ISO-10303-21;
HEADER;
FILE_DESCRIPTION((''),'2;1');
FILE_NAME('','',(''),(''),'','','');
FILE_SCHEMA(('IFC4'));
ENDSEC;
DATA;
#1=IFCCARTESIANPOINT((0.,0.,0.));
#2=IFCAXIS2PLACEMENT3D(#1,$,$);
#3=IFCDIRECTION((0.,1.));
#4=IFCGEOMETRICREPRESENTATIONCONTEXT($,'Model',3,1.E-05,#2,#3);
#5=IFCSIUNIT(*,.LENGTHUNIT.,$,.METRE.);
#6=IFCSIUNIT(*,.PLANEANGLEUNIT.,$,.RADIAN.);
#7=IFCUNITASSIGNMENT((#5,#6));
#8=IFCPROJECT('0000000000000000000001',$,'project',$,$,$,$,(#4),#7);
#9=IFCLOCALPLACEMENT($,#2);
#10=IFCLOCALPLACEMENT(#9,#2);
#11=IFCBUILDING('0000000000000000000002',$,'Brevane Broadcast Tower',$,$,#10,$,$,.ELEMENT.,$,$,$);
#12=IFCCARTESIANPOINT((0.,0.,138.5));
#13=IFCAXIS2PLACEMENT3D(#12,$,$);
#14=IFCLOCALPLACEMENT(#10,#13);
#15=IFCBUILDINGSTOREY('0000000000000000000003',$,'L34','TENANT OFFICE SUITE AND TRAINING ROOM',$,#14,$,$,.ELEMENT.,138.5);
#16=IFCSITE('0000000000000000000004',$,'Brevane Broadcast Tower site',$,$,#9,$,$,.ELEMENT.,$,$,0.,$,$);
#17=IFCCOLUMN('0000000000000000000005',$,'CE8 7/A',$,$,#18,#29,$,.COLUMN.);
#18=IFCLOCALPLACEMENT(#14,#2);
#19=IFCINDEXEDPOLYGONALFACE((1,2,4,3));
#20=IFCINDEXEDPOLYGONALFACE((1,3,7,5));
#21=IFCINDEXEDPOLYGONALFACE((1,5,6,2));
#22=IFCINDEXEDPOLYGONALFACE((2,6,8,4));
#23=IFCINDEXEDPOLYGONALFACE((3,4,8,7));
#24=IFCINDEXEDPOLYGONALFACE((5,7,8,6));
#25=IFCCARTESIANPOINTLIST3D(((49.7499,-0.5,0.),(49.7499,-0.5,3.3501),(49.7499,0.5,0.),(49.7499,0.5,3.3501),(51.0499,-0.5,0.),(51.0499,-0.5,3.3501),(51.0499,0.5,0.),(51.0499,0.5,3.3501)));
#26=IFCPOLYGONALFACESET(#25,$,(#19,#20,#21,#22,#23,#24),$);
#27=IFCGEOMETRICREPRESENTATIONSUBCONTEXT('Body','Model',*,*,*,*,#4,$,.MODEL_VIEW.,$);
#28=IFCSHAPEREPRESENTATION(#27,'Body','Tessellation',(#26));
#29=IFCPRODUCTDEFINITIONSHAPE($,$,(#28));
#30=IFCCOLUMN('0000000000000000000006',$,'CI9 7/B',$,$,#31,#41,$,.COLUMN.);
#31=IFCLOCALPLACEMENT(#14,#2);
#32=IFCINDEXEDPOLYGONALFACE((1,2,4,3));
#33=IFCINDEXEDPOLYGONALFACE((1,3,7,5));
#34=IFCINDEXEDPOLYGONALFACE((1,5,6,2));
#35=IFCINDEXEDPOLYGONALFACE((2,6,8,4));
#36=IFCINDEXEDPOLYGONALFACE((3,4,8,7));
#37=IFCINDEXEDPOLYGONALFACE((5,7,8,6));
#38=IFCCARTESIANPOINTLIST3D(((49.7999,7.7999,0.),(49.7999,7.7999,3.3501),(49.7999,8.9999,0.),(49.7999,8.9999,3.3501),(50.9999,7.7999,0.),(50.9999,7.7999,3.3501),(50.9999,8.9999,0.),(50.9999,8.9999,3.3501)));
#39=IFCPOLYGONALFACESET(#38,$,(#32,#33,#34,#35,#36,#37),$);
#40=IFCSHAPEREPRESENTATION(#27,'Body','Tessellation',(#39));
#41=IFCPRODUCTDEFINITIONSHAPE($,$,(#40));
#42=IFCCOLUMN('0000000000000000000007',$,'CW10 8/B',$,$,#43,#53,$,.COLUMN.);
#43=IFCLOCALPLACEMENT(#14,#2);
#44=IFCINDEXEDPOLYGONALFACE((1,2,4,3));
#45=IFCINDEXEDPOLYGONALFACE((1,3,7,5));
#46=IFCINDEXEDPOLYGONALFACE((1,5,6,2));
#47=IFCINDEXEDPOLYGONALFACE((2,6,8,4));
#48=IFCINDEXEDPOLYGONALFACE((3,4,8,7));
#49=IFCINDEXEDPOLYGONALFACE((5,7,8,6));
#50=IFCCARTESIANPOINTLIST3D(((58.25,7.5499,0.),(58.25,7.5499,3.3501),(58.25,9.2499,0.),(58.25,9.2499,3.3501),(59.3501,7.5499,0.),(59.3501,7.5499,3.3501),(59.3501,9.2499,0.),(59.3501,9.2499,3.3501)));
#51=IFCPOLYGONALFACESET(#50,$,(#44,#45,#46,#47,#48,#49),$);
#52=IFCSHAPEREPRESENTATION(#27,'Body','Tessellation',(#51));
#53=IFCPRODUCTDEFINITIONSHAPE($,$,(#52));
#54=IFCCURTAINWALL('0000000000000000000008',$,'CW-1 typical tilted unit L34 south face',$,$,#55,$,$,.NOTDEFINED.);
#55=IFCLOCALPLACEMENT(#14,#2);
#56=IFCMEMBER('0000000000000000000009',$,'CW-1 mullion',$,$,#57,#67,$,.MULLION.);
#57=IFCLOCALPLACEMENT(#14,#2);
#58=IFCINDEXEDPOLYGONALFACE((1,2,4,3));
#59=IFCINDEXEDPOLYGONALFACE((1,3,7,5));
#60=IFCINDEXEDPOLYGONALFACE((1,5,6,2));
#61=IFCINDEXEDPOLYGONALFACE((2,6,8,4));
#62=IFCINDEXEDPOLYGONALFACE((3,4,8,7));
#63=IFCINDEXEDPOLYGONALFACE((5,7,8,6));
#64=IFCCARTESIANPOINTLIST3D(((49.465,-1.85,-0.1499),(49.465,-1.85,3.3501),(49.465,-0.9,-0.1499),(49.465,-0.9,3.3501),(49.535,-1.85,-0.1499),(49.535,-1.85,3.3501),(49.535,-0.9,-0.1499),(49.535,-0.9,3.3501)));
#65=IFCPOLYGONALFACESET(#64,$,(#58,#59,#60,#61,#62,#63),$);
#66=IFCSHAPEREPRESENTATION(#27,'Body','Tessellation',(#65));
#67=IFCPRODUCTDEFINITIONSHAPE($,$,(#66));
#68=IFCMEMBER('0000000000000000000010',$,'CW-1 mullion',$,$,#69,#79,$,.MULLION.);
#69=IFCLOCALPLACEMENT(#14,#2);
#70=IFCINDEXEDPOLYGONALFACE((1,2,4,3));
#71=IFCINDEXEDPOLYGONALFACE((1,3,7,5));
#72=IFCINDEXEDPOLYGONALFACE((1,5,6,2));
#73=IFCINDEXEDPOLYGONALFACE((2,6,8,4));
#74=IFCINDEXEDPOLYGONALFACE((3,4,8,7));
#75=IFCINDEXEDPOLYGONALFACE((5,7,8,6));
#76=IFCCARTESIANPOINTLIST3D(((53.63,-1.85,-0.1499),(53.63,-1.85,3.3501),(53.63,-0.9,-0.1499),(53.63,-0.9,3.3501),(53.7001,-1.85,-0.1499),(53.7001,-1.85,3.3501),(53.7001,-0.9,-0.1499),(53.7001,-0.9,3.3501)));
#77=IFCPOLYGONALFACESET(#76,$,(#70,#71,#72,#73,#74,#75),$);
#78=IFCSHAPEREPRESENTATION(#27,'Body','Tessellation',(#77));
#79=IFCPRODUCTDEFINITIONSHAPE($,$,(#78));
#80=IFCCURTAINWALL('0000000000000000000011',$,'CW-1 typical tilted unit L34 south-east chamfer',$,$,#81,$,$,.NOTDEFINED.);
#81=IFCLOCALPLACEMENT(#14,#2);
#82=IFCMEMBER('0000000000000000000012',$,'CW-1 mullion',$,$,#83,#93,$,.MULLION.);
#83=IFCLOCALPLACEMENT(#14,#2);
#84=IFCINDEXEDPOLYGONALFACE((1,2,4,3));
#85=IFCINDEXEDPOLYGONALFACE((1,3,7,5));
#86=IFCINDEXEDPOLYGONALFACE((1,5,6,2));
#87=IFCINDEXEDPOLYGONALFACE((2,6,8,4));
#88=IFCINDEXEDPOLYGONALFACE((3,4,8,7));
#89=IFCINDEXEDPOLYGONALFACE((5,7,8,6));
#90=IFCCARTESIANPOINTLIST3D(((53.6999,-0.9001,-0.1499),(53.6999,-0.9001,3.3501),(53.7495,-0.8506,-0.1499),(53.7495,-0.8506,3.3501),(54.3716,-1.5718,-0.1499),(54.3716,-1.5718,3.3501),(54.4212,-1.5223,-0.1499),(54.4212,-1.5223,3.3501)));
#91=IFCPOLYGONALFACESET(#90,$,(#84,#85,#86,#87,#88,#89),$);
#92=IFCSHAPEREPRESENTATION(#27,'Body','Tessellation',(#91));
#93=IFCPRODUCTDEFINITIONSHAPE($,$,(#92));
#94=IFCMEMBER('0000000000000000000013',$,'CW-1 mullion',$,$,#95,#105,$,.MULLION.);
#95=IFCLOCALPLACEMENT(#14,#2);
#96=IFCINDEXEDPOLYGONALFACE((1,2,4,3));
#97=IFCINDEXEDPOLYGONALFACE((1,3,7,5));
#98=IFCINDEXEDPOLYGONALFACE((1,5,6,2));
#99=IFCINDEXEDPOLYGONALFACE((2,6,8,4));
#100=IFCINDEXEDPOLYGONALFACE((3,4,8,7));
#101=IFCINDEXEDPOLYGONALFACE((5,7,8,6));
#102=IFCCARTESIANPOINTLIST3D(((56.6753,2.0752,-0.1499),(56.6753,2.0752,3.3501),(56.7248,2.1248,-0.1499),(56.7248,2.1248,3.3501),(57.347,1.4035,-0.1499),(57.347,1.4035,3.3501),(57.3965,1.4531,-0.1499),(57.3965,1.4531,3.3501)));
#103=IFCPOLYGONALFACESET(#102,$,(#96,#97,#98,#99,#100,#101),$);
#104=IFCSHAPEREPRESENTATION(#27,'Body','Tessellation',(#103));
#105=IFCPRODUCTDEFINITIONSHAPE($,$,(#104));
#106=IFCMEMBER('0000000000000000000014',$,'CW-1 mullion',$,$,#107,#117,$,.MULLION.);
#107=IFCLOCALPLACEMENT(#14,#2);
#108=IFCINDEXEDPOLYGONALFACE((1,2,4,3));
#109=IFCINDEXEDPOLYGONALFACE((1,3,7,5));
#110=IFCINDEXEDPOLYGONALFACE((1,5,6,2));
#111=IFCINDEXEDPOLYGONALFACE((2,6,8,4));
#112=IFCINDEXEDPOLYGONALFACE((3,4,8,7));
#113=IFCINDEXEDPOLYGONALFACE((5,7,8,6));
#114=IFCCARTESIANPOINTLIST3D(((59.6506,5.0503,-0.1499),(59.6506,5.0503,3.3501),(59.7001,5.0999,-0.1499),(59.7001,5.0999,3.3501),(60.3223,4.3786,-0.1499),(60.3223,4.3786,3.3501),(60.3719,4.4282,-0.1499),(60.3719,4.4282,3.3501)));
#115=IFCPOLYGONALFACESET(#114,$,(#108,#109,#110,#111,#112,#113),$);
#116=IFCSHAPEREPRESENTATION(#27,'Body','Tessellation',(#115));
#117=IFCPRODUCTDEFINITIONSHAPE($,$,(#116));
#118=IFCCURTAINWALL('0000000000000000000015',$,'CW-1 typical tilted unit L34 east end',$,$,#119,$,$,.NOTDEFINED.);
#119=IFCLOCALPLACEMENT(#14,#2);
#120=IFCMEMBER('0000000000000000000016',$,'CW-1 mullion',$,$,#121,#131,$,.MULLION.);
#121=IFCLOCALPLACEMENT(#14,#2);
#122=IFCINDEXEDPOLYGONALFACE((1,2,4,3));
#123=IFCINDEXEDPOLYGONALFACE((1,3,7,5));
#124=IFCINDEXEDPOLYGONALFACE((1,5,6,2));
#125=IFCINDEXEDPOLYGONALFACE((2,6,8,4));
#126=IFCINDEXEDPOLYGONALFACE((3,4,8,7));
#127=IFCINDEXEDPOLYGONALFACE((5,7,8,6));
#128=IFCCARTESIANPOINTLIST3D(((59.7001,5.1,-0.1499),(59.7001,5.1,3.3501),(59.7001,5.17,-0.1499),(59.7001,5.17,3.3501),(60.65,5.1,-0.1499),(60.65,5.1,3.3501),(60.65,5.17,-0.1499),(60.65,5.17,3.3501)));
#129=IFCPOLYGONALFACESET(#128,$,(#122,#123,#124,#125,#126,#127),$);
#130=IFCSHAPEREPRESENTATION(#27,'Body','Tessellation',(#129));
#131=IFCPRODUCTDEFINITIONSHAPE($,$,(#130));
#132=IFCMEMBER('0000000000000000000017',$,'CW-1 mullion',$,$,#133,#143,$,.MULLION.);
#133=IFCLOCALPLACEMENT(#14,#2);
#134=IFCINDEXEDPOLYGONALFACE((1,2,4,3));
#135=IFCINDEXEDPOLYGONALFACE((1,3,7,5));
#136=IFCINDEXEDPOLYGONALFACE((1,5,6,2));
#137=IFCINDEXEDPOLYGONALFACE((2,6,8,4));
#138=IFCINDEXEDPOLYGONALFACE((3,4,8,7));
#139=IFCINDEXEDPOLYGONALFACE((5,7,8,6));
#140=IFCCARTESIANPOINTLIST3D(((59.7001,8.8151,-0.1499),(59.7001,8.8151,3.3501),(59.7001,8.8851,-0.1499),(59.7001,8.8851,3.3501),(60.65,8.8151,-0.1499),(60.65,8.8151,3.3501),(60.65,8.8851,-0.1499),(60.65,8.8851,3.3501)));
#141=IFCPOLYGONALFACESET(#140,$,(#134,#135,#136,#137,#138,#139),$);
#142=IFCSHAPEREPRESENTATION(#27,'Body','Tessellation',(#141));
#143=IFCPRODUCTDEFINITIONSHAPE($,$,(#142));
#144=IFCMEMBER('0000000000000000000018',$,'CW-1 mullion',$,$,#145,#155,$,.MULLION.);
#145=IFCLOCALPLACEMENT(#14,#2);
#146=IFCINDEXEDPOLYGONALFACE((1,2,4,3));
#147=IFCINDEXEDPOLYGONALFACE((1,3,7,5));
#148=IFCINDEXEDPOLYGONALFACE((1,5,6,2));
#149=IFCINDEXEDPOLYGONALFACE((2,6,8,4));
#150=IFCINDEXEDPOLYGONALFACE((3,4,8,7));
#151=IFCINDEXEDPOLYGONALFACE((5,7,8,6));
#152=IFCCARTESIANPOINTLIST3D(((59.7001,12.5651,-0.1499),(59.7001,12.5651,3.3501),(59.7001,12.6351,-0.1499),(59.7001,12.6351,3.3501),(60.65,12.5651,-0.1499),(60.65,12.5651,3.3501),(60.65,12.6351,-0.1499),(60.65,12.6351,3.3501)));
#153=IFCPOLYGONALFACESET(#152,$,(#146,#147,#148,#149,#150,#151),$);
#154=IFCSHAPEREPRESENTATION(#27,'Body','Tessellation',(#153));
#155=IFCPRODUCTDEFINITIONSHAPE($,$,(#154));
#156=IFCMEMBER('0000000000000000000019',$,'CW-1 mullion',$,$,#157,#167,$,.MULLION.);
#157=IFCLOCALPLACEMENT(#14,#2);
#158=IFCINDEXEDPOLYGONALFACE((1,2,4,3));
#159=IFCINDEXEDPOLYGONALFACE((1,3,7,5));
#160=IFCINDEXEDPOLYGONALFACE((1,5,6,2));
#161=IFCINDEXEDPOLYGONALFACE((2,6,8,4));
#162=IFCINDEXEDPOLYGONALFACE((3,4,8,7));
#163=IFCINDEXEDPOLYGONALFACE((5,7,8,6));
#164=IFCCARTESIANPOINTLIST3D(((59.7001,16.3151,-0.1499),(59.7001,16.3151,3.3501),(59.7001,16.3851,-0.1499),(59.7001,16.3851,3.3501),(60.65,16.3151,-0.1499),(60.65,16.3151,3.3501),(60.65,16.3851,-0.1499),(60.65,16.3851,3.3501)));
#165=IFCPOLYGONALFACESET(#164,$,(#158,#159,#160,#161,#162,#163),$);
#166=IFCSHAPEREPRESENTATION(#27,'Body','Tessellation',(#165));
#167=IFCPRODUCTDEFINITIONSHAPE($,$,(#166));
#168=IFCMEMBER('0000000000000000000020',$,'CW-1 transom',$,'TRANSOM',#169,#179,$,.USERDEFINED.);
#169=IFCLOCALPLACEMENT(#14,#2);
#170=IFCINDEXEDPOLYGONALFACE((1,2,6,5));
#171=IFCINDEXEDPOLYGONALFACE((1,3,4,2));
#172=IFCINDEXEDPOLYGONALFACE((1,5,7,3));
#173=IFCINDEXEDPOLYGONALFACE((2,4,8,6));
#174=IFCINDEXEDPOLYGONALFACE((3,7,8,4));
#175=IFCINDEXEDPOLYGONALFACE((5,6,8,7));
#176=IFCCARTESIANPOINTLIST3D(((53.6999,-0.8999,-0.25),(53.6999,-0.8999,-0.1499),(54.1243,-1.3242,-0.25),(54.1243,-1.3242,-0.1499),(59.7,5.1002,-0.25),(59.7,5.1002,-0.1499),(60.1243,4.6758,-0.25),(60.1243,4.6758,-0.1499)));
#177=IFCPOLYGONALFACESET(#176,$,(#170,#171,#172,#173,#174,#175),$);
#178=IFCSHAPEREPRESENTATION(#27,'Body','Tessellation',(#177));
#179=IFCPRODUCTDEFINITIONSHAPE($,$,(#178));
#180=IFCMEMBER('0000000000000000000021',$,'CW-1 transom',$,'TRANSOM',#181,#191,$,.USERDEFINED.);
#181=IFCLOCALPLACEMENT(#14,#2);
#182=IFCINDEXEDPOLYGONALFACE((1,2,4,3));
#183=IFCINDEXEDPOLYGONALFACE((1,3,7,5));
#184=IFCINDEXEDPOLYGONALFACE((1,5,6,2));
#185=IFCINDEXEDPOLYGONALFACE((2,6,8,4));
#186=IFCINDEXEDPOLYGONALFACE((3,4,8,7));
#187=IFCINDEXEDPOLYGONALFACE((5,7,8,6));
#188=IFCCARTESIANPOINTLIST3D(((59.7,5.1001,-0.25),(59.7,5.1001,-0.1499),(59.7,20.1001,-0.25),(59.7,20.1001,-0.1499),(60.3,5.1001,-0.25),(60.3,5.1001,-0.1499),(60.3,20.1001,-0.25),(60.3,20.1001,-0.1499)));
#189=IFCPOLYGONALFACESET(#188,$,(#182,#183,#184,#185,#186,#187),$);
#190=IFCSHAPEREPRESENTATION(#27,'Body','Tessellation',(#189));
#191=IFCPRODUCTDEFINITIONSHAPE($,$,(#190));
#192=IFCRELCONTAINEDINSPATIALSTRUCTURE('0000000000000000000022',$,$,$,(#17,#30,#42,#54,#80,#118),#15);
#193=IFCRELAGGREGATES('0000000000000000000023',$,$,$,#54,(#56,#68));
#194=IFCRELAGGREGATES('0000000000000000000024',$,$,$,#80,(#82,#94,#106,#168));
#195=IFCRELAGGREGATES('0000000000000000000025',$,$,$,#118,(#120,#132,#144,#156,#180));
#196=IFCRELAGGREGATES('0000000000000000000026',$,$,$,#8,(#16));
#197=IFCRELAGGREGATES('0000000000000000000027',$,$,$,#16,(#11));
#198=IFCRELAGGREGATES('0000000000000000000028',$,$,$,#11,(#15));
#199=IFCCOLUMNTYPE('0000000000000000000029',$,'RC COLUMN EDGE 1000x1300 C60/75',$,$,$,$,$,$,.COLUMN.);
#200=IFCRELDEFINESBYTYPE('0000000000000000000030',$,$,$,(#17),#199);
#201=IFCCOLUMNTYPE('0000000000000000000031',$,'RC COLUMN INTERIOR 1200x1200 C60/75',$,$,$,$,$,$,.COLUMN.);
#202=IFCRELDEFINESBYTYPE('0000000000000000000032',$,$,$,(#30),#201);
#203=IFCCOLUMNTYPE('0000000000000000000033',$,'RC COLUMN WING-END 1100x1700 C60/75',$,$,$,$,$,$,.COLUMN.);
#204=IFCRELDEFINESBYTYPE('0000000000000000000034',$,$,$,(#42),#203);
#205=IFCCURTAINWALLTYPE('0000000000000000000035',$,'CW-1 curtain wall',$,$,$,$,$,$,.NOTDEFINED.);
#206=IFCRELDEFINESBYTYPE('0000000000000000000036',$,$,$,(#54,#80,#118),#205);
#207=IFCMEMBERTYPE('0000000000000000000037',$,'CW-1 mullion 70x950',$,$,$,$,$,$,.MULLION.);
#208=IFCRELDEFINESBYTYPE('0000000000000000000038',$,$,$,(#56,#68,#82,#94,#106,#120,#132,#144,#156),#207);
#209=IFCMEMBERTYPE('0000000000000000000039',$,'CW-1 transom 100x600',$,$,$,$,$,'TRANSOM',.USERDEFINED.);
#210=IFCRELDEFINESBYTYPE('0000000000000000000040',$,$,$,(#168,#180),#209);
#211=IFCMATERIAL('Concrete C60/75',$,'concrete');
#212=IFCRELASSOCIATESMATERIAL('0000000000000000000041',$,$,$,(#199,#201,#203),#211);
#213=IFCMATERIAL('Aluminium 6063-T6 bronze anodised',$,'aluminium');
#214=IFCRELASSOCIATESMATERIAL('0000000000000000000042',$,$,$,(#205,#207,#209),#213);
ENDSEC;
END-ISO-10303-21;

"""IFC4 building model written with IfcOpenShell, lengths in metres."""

from ifc_helpers import new_model, si_unit, direction, frame, origin, origin_2d, place, context, subcontext, project, spatial, rectangle, extrude, material, material_profile, profile_set, type_object, element, aggregate, save


model = new_model("IFC4")

# Units and contexts
model_context = context("Model", 3, precision=1e-05, world=origin(), true_north=direction((0.0, 1.0)))
body_context = subcontext(model_context, "Body", "Model", "MODEL_VIEW")
ifc_project = project(units=[si_unit("LENGTHUNIT", "METRE"), si_unit("PLANEANGLEUNIT", "RADIAN")], contexts=[model_context])

# Site, building, storey
site_placement = place(None, origin())
site = spatial("IfcSite", under=ifc_project, at=site_placement, Name="Brevane Broadcast Tower site", CompositionType="ELEMENT", RefElevation=0.0)
building_placement = place(site_placement, origin())
building = spatial("IfcBuilding", under=site, at=building_placement, Name="Brevane Broadcast Tower", CompositionType="ELEMENT")
storey_placement = place(building_placement, frame((0.0, 0.0, 138.5)))
storey = spatial("IfcBuildingStorey", under=building, at=storey_placement, Name="L34", Description="TENANT OFFICE SUITE AND TRAINING ROOM", CompositionType="ELEMENT", Elevation=138.5)

# Columns
ifc_material_1 = material(Name="Concrete C60/75", Category="concrete")
ifc_material_profile_1 = material_profile(ifc_material_1, rectangle(XDim=1.0, YDim=1.3, at=origin_2d()), Name="RC 1000x1300")
ifc_profile_set_1 = profile_set([ifc_material_profile_1], Name="Concrete C60/75")
column_type_1 = type_object("IfcColumnType", Name="RC COLUMN EDGE 1000x1300 C60/75", PredefinedType="COLUMN", material=ifc_profile_set_1)
column_1_placement = place(storey_placement, frame((50.3999, 0.0, 0.0), z_axis=(0.0, 0.0, 1.0), x_axis=(0.0, 1.0, 0.0)))
element("IfcColumn", 1, at=column_1_placement, inside=storey, type_object=column_type_1, Name="CE8 7/A", PredefinedType="COLUMN", context=body_context, shape_type="SweptSolid", body=[
    extrude(rectangle(XDim=1.0, YDim=1.3, at=origin_2d()), origin(), (0.0, 0.0, 1.0), 3.3501),
])
ifc_material_profile_2 = material_profile(ifc_material_1, rectangle(XDim=1.2, YDim=1.2, at=origin_2d()), Name="RC 1200x1200")
ifc_profile_set_2 = profile_set([ifc_material_profile_2], Name="Concrete C60/75")
column_type_2 = type_object("IfcColumnType", Name="RC COLUMN INTERIOR 1200x1200 C60/75", PredefinedType="COLUMN", material=ifc_profile_set_2)
column_2_placement = place(storey_placement, frame((50.3999, 8.3999, 0.0), z_axis=(0.0, 0.0, 1.0), x_axis=(1.0, 0.0, 0.0)))
element("IfcColumn", 2, at=column_2_placement, inside=storey, type_object=column_type_2, Name="CI9 7/B", PredefinedType="COLUMN", context=body_context, shape_type="SweptSolid", body=[
    extrude(rectangle(XDim=1.2, YDim=1.2, at=origin_2d()), origin(), (0.0, 0.0, 1.0), 3.3501),
])
ifc_material_profile_3 = material_profile(ifc_material_1, rectangle(XDim=1.1001, YDim=1.7, at=origin_2d()), Name="RC 1100x1700")
ifc_profile_set_3 = profile_set([ifc_material_profile_3], Name="Concrete C60/75")
column_type_3 = type_object("IfcColumnType", Name="RC COLUMN WING-END 1100x1700 C60/75", PredefinedType="COLUMN", material=ifc_profile_set_3)
column_3_placement = place(storey_placement, frame((58.8, 8.3999, 0.0), z_axis=(0.0, 0.0, 1.0), x_axis=(1.0, 0.0, 0.0)))
element("IfcColumn", 3, at=column_3_placement, inside=storey, type_object=column_type_3, Name="CW10 8/B", PredefinedType="COLUMN", context=body_context, shape_type="SweptSolid", body=[
    extrude(rectangle(XDim=1.1001, YDim=1.7, at=origin_2d()), origin(), (0.0, 0.0, 1.0), 3.3501),
])

# Curtain walls, members
ifc_material_2 = material(Name="Aluminium 6063-T6 bronze anodised", Category="aluminium")
curtain_wall_type = type_object("IfcCurtainWallType", Name="CW-1 curtain wall", PredefinedType="NOTDEFINED", material=ifc_material_2)
curtain_wall_1_placement = place(storey_placement, origin())
curtain_wall_1 = element("IfcCurtainWall", 4, at=curtain_wall_1_placement, inside=storey, type_object=curtain_wall_type, Name="CW-1 typical tilted unit L34 south face", PredefinedType="NOTDEFINED")
ifc_material_profile_4 = material_profile(ifc_material_2, rectangle(XDim=0.95, YDim=0.0701, at=origin_2d()), Name="RECT 70x950")
ifc_profile_set_4 = profile_set([ifc_material_profile_4], Name="Aluminium 6063-T6 bronze anodised")
member_type_1 = type_object("IfcMemberType", Name="CW-1 mullion 70x950", PredefinedType="MULLION", material=ifc_profile_set_4)
member_1_placement = place(storey_placement, frame((49.5, -1.375, -0.1499), z_axis=(0.0, 0.0, 1.0), x_axis=(0.0, 1.0, 0.0)))
member_1 = element("IfcMember", 5, at=member_1_placement, type_object=member_type_1, Name="CW-1 mullion", PredefinedType="MULLION", context=body_context, shape_type="SweptSolid", body=[
    extrude(rectangle(XDim=0.95, YDim=0.0701, at=origin_2d()), origin(), (0.0, 0.0, 1.0), 3.5),
])
member_2_placement = place(storey_placement, frame((53.665, -1.375, -0.1499), z_axis=(0.0, 0.0, 1.0), x_axis=(0.0, 1.0, 0.0)))
member_2 = element("IfcMember", 6, at=member_2_placement, type_object=member_type_1, Name="CW-1 mullion", PredefinedType="MULLION", context=body_context, shape_type="SweptSolid", body=[
    extrude(rectangle(XDim=0.95, YDim=0.0701, at=origin_2d()), origin(), (0.0, 0.0, 1.0), 3.5),
])
aggregate(curtain_wall_1, [member_1, member_2])
curtain_wall_2_placement = place(storey_placement, origin())
curtain_wall_2 = element("IfcCurtainWall", 7, at=curtain_wall_2_placement, inside=storey, type_object=curtain_wall_type, Name="CW-1 typical tilted unit L34 south-east chamfer", PredefinedType="NOTDEFINED")
member_3_placement = place(storey_placement, frame((54.0605, -1.2112, -0.1499), z_axis=(0.0, 0.0, 1.0), x_axis=(-0.707107, 0.707107, 0.0)))
member_3 = element("IfcMember", 8, at=member_3_placement, type_object=member_type_1, Name="CW-1 mullion", PredefinedType="MULLION", context=body_context, shape_type="SweptSolid", body=[
    extrude(rectangle(XDim=0.95, YDim=0.0701, at=origin_2d()), origin(), (0.0, 0.0, 1.0), 3.5),
])
member_4_placement = place(storey_placement, frame((57.0359, 1.7642, -0.1499), z_axis=(0.0, 0.0, 1.0), x_axis=(-0.707107, 0.707107, 0.0)))
member_4 = element("IfcMember", 9, at=member_4_placement, type_object=member_type_1, Name="CW-1 mullion", PredefinedType="MULLION", context=body_context, shape_type="SweptSolid", body=[
    extrude(rectangle(XDim=0.95, YDim=0.0701, at=origin_2d()), origin(), (0.0, 0.0, 1.0), 3.5),
])
member_5_placement = place(storey_placement, frame((60.0112, 4.7393, -0.1499), z_axis=(0.0, 0.0, 1.0), x_axis=(-0.707107, 0.707107, 0.0)))
member_5 = element("IfcMember", 10, at=member_5_placement, type_object=member_type_1, Name="CW-1 mullion", PredefinedType="MULLION", context=body_context, shape_type="SweptSolid", body=[
    extrude(rectangle(XDim=0.95, YDim=0.0701, at=origin_2d()), origin(), (0.0, 0.0, 1.0), 3.5),
])
curtain_wall_3_placement = place(storey_placement, origin())
curtain_wall_3 = element("IfcCurtainWall", 11, at=curtain_wall_3_placement, inside=storey, type_object=curtain_wall_type, Name="CW-1 typical tilted unit L34 east end", PredefinedType="NOTDEFINED")
member_6_placement = place(storey_placement, frame((60.175, 5.135, -0.1499), z_axis=(0.0, 0.0, 1.0), x_axis=(-1.0, 0.0, 0.0)))
member_6 = element("IfcMember", 12, at=member_6_placement, type_object=member_type_1, Name="CW-1 mullion", PredefinedType="MULLION", context=body_context, shape_type="SweptSolid", body=[
    extrude(rectangle(XDim=0.95, YDim=0.0701, at=origin_2d()), origin(), (0.0, 0.0, 1.0), 3.5),
])
member_7_placement = place(storey_placement, frame((60.175, 8.8501, -0.1499), z_axis=(0.0, 0.0, 1.0), x_axis=(-1.0, 0.0, 0.0)))
member_7 = element("IfcMember", 13, at=member_7_placement, type_object=member_type_1, Name="CW-1 mullion", PredefinedType="MULLION", context=body_context, shape_type="SweptSolid", body=[
    extrude(rectangle(XDim=0.95, YDim=0.0701, at=origin_2d()), origin(), (0.0, 0.0, 1.0), 3.5),
])
member_8_placement = place(storey_placement, frame((60.175, 12.6001, -0.1499), z_axis=(0.0, 0.0, 1.0), x_axis=(-1.0, 0.0, 0.0)))
member_8 = element("IfcMember", 14, at=member_8_placement, type_object=member_type_1, Name="CW-1 mullion", PredefinedType="MULLION", context=body_context, shape_type="SweptSolid", body=[
    extrude(rectangle(XDim=0.95, YDim=0.0701, at=origin_2d()), origin(), (0.0, 0.0, 1.0), 3.5),
])
member_9_placement = place(storey_placement, frame((60.175, 16.3501, -0.1499), z_axis=(0.0, 0.0, 1.0), x_axis=(-1.0, 0.0, 0.0)))
member_9 = element("IfcMember", 15, at=member_9_placement, type_object=member_type_1, Name="CW-1 mullion", PredefinedType="MULLION", context=body_context, shape_type="SweptSolid", body=[
    extrude(rectangle(XDim=0.95, YDim=0.0701, at=origin_2d()), origin(), (0.0, 0.0, 1.0), 3.5),
])

# Members
ifc_material_profile_5 = material_profile(ifc_material_2, rectangle(XDim=0.6001, YDim=0.1001, at=origin_2d()), Name="RECT 100x600")
ifc_profile_set_5 = profile_set([ifc_material_profile_5], Name="Aluminium 6063-T6 bronze anodised")
member_type_2 = type_object("IfcMemberType", Name="CW-1 transom 100x600", ElementType="TRANSOM", PredefinedType="USERDEFINED", material=ifc_profile_set_5)
member_10_placement = place(storey_placement, frame((53.9121, -1.1121, -0.2), z_axis=(0.707107, 0.707107, 0.0), x_axis=(-0.707107, 0.707107, 0.0)))
member_10 = element("IfcMember", 16, at=member_10_placement, type_object=member_type_2, Name="CW-1 transom", ObjectType="TRANSOM", PredefinedType="USERDEFINED", context=body_context, shape_type="SweptSolid", body=[
    extrude(rectangle(XDim=0.6001, YDim=0.1001, at=origin_2d()), origin(), (0.0, 0.0, 1.0), 8.4854),
])
aggregate(curtain_wall_2, [member_3, member_4, member_5, member_10])
member_11_placement = place(storey_placement, frame((60.0, 5.1001, -0.2), z_axis=(0.0, 1.0, 0.0), x_axis=(-1.0, 0.0, 0.0)))
member_11 = element("IfcMember", 17, at=member_11_placement, type_object=member_type_2, Name="CW-1 transom", ObjectType="TRANSOM", PredefinedType="USERDEFINED", context=body_context, shape_type="SweptSolid", body=[
    extrude(rectangle(XDim=0.6001, YDim=0.1001, at=origin_2d()), origin(), (0.0, 0.0, 1.0), 15.0),
])
aggregate(curtain_wall_3, [member_6, member_7, member_8, member_9, member_11])

save(model, "model.ifc")
